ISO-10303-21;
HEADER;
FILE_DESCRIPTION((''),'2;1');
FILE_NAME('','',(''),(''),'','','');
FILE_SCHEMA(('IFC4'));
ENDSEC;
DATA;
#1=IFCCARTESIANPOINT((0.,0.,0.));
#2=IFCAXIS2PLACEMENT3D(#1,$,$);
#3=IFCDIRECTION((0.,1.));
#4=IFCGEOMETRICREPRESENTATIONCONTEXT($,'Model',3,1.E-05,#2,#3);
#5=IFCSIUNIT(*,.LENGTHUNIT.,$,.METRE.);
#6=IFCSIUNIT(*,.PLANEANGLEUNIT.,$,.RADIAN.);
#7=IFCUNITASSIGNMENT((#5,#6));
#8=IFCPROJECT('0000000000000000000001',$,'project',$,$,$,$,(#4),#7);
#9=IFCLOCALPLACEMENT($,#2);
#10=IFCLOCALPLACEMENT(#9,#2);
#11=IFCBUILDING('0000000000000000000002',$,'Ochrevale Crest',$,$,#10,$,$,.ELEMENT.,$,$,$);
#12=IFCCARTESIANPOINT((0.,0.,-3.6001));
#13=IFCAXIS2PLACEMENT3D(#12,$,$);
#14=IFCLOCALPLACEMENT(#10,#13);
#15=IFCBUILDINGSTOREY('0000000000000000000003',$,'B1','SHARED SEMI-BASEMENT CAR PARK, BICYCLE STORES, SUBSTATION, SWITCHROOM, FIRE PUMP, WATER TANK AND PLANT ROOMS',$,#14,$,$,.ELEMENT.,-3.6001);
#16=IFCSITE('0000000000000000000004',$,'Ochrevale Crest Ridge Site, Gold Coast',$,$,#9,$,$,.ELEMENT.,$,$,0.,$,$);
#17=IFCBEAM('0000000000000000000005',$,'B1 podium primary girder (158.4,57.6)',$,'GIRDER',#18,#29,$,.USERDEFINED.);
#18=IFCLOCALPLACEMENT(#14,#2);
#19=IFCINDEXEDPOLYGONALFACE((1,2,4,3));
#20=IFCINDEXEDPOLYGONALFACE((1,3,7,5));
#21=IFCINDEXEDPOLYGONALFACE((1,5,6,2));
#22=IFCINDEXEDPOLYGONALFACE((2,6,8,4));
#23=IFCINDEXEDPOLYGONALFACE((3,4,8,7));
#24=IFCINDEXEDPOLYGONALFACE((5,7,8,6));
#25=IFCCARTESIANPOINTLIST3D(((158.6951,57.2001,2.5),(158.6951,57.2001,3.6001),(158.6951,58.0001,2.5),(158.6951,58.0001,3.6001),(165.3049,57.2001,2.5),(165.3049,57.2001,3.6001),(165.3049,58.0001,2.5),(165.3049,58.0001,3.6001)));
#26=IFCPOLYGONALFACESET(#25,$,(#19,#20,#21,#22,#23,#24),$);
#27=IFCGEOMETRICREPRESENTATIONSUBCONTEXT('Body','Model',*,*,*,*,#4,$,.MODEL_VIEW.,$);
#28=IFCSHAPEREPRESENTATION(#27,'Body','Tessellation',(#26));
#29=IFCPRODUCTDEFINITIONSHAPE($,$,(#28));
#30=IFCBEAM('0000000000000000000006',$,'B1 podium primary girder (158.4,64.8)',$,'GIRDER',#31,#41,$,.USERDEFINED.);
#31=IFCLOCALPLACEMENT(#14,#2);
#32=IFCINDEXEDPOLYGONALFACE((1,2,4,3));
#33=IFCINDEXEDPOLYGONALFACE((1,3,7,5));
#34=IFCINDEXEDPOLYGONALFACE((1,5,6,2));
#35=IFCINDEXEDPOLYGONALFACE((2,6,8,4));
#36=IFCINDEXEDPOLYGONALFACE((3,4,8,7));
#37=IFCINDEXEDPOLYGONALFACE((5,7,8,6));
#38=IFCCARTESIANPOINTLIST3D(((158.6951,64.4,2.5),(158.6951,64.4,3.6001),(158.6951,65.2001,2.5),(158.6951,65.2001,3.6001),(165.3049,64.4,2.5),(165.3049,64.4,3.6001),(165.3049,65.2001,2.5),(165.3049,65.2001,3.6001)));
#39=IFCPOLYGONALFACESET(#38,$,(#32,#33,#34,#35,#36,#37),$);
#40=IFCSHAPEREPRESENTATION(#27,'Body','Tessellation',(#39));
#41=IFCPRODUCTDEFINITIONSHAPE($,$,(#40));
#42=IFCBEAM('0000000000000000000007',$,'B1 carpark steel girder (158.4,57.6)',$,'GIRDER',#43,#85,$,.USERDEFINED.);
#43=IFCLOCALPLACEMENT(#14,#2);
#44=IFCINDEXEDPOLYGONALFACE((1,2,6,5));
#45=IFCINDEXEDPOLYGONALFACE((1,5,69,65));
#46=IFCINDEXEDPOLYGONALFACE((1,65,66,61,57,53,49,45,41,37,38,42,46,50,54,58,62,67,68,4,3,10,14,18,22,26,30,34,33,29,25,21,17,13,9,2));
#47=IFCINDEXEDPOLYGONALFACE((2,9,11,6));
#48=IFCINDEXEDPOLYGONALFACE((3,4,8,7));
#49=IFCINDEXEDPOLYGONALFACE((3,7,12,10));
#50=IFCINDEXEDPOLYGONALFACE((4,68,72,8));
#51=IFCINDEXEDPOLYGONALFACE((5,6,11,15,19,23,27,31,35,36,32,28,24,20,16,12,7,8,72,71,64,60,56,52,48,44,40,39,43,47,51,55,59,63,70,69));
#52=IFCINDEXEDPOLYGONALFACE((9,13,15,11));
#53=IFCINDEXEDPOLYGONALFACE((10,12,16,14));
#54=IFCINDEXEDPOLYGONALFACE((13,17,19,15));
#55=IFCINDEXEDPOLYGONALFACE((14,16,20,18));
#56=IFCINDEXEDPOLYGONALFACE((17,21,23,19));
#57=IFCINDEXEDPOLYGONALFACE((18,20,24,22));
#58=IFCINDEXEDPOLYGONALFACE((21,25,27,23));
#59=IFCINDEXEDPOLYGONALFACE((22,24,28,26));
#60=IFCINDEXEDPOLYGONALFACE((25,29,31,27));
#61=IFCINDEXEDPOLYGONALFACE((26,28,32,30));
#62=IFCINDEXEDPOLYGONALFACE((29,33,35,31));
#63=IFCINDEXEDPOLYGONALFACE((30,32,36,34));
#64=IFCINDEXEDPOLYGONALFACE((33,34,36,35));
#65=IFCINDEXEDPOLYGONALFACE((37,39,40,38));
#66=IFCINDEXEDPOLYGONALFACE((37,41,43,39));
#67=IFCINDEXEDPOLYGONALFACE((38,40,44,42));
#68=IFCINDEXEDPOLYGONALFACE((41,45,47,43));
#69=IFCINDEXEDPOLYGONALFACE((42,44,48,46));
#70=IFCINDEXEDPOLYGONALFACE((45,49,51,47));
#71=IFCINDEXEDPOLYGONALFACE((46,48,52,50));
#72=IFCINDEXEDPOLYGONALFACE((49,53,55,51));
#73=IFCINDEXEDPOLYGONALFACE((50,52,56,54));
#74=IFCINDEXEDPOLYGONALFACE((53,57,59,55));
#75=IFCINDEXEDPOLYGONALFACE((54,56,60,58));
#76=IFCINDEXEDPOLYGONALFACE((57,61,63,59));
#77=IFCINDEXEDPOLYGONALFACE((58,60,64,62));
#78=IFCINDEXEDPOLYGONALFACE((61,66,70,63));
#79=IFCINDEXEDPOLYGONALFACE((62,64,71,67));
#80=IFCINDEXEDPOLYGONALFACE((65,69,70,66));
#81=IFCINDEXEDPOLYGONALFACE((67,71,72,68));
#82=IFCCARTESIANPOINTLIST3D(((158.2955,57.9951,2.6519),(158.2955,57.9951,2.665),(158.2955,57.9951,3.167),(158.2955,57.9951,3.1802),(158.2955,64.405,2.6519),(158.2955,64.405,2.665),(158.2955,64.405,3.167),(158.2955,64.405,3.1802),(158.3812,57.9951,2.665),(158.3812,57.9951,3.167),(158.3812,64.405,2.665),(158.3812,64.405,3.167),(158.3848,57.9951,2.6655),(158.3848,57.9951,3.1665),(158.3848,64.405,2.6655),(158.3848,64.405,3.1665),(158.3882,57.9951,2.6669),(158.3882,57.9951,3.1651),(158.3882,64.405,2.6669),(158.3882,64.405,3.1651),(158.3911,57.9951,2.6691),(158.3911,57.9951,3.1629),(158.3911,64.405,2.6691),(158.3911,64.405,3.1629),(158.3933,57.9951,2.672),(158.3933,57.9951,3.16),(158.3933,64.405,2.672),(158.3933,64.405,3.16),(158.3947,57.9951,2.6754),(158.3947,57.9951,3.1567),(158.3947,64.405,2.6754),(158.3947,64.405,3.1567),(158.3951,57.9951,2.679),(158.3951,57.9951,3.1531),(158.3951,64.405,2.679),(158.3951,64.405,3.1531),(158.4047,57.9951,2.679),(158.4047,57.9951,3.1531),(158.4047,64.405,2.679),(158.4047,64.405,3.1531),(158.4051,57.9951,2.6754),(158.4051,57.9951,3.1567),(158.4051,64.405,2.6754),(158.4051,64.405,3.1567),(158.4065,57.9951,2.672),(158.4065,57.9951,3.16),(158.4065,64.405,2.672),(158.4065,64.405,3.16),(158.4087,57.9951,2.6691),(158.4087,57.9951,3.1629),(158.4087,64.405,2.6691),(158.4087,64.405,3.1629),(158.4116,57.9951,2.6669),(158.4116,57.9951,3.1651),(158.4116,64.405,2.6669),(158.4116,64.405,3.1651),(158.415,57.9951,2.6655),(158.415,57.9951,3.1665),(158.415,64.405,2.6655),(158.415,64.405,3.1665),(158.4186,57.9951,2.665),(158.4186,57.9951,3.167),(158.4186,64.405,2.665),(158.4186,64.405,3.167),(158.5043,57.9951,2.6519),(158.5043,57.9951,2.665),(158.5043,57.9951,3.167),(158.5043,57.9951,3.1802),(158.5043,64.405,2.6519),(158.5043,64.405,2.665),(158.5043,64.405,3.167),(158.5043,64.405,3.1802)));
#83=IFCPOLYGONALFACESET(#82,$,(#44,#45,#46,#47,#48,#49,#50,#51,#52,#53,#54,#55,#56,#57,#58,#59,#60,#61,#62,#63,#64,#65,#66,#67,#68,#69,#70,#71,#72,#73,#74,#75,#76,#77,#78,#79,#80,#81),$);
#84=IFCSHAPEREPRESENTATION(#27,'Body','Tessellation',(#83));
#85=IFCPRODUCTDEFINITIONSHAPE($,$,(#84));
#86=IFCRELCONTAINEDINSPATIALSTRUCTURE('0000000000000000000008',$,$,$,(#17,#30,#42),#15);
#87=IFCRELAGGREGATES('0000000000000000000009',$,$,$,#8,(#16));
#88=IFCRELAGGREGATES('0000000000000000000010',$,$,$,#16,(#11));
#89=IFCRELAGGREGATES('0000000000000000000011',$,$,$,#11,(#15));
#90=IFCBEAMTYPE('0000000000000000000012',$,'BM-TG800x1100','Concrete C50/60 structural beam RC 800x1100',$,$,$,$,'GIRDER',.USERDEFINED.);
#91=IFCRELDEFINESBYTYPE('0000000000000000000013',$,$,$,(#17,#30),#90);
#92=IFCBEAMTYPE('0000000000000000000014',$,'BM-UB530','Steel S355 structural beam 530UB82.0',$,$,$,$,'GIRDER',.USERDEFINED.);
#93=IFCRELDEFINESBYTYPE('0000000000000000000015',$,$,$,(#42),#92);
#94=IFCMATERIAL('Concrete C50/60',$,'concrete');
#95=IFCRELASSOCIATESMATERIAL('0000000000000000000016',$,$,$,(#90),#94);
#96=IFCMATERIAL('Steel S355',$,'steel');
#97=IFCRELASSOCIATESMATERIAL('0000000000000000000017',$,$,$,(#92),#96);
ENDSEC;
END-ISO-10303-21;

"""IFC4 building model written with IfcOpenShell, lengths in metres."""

from ifc_helpers import new_model, si_unit, direction, frame, origin, origin_2d, place, context, subcontext, project, spatial, rectangle, i_section, extrude, material, material_profile, profile_set, type_object, element, save


model = new_model("IFC4")

# Units and contexts
model_context = context("Model", 3, precision=1e-05, world=origin(), true_north=direction((0.0, 1.0)))
body_context = subcontext(model_context, "Body", "Model", "MODEL_VIEW")
ifc_project = project(units=[si_unit("LENGTHUNIT", "METRE"), si_unit("PLANEANGLEUNIT", "RADIAN")], contexts=[model_context])

# Site, building, storey
site_placement = place(None, origin())
site = spatial("IfcSite", under=ifc_project, at=site_placement, Name="Ochrevale Crest Ridge Site, Gold Coast", CompositionType="ELEMENT", RefElevation=0.0)
building_placement = place(site_placement, origin())
building = spatial("IfcBuilding", under=site, at=building_placement, Name="Ochrevale Crest", CompositionType="ELEMENT")
storey_placement = place(building_placement, frame((0.0, 0.0, -3.6001)))
storey = spatial("IfcBuildingStorey", under=building, at=storey_placement, Name="B1", Description="SHARED SEMI-BASEMENT CAR PARK, BICYCLE STORES, SUBSTATION, SWITCHROOM, FIRE PUMP, WATER TANK AND PLANT ROOMS", CompositionType="ELEMENT", Elevation=-3.6001)

# Shared definitions
ifc_material_1 = material(Name="Concrete C50/60", Category="concrete")

# Beams
ifc_material_profile_1 = material_profile(ifc_material_1, rectangle(XDim=0.8, YDim=1.1001, at=origin_2d()), Name="RC 800x1100")
ifc_profile_set_1 = profile_set([ifc_material_profile_1], Name="Concrete C50/60")
beam_type_1 = type_object("IfcBeamType", Name="BM-TG800x1100", Description="Concrete C50/60 structural beam RC 800x1100", ElementType="GIRDER", PredefinedType="USERDEFINED", material=ifc_profile_set_1)
for number, where, z_axis, x_axis, name in (
    (1, (158.6951, 57.6001, 3.05), (1.0, 0.0, 0.0), (0.0, 1.0, 0.0), "B1 podium primary girder (158.4,57.6)"),
    (2, (158.6951, 64.8, 3.05), (1.0, 0.0, 0.0), (0.0, 1.0, 0.0), "B1 podium primary girder (158.4,64.8)"),
):
    element("IfcBeam", number, at=place(storey_placement, frame(where, z_axis=z_axis, x_axis=x_axis)), inside=storey, type_object=beam_type_1, Name=name, ObjectType="GIRDER", PredefinedType="USERDEFINED", context=body_context, shape_type="SweptSolid", body=[
        extrude(rectangle(XDim=0.8, YDim=1.1001, at=origin_2d()), origin(), (0.0, 0.0, 1.0), 6.6099),
    ])
ifc_material_2 = material(Name="Steel S355", Category="steel")
ifc_material_profile_2 = material_profile(ifc_material_2, i_section(OverallWidth=0.2087, OverallDepth=0.5283, WebThickness=0.0095, FlangeThickness=0.0132, FilletRadius=0.0139, at=origin_2d()), Name="530UB82.0")
ifc_profile_set_2 = profile_set([ifc_material_profile_2], Name="Steel S355")
beam_type_2 = type_object("IfcBeamType", Name="BM-UB530", Description="Steel S355 structural beam 530UB82.0", ElementType="GIRDER", PredefinedType="USERDEFINED", material=ifc_profile_set_2)
beam_placement = place(storey_placement, frame((158.3999, 57.9951, 2.916), z_axis=(0.0, 1.0, 0.0), x_axis=(-1.0, 0.0, 0.0)))
element("IfcBeam", 3, at=beam_placement, inside=storey, type_object=beam_type_2, Name="B1 carpark steel girder (158.4,57.6)", ObjectType="GIRDER", PredefinedType="USERDEFINED", context=body_context, shape_type="SweptSolid", body=[
    extrude(i_section(OverallWidth=0.2087, OverallDepth=0.5283, WebThickness=0.0095, FlangeThickness=0.0132, FilletRadius=0.0139, at=origin_2d()), origin(), (0.0, 0.0, 1.0), 6.4099),
])

save(model, "model.ifc")
